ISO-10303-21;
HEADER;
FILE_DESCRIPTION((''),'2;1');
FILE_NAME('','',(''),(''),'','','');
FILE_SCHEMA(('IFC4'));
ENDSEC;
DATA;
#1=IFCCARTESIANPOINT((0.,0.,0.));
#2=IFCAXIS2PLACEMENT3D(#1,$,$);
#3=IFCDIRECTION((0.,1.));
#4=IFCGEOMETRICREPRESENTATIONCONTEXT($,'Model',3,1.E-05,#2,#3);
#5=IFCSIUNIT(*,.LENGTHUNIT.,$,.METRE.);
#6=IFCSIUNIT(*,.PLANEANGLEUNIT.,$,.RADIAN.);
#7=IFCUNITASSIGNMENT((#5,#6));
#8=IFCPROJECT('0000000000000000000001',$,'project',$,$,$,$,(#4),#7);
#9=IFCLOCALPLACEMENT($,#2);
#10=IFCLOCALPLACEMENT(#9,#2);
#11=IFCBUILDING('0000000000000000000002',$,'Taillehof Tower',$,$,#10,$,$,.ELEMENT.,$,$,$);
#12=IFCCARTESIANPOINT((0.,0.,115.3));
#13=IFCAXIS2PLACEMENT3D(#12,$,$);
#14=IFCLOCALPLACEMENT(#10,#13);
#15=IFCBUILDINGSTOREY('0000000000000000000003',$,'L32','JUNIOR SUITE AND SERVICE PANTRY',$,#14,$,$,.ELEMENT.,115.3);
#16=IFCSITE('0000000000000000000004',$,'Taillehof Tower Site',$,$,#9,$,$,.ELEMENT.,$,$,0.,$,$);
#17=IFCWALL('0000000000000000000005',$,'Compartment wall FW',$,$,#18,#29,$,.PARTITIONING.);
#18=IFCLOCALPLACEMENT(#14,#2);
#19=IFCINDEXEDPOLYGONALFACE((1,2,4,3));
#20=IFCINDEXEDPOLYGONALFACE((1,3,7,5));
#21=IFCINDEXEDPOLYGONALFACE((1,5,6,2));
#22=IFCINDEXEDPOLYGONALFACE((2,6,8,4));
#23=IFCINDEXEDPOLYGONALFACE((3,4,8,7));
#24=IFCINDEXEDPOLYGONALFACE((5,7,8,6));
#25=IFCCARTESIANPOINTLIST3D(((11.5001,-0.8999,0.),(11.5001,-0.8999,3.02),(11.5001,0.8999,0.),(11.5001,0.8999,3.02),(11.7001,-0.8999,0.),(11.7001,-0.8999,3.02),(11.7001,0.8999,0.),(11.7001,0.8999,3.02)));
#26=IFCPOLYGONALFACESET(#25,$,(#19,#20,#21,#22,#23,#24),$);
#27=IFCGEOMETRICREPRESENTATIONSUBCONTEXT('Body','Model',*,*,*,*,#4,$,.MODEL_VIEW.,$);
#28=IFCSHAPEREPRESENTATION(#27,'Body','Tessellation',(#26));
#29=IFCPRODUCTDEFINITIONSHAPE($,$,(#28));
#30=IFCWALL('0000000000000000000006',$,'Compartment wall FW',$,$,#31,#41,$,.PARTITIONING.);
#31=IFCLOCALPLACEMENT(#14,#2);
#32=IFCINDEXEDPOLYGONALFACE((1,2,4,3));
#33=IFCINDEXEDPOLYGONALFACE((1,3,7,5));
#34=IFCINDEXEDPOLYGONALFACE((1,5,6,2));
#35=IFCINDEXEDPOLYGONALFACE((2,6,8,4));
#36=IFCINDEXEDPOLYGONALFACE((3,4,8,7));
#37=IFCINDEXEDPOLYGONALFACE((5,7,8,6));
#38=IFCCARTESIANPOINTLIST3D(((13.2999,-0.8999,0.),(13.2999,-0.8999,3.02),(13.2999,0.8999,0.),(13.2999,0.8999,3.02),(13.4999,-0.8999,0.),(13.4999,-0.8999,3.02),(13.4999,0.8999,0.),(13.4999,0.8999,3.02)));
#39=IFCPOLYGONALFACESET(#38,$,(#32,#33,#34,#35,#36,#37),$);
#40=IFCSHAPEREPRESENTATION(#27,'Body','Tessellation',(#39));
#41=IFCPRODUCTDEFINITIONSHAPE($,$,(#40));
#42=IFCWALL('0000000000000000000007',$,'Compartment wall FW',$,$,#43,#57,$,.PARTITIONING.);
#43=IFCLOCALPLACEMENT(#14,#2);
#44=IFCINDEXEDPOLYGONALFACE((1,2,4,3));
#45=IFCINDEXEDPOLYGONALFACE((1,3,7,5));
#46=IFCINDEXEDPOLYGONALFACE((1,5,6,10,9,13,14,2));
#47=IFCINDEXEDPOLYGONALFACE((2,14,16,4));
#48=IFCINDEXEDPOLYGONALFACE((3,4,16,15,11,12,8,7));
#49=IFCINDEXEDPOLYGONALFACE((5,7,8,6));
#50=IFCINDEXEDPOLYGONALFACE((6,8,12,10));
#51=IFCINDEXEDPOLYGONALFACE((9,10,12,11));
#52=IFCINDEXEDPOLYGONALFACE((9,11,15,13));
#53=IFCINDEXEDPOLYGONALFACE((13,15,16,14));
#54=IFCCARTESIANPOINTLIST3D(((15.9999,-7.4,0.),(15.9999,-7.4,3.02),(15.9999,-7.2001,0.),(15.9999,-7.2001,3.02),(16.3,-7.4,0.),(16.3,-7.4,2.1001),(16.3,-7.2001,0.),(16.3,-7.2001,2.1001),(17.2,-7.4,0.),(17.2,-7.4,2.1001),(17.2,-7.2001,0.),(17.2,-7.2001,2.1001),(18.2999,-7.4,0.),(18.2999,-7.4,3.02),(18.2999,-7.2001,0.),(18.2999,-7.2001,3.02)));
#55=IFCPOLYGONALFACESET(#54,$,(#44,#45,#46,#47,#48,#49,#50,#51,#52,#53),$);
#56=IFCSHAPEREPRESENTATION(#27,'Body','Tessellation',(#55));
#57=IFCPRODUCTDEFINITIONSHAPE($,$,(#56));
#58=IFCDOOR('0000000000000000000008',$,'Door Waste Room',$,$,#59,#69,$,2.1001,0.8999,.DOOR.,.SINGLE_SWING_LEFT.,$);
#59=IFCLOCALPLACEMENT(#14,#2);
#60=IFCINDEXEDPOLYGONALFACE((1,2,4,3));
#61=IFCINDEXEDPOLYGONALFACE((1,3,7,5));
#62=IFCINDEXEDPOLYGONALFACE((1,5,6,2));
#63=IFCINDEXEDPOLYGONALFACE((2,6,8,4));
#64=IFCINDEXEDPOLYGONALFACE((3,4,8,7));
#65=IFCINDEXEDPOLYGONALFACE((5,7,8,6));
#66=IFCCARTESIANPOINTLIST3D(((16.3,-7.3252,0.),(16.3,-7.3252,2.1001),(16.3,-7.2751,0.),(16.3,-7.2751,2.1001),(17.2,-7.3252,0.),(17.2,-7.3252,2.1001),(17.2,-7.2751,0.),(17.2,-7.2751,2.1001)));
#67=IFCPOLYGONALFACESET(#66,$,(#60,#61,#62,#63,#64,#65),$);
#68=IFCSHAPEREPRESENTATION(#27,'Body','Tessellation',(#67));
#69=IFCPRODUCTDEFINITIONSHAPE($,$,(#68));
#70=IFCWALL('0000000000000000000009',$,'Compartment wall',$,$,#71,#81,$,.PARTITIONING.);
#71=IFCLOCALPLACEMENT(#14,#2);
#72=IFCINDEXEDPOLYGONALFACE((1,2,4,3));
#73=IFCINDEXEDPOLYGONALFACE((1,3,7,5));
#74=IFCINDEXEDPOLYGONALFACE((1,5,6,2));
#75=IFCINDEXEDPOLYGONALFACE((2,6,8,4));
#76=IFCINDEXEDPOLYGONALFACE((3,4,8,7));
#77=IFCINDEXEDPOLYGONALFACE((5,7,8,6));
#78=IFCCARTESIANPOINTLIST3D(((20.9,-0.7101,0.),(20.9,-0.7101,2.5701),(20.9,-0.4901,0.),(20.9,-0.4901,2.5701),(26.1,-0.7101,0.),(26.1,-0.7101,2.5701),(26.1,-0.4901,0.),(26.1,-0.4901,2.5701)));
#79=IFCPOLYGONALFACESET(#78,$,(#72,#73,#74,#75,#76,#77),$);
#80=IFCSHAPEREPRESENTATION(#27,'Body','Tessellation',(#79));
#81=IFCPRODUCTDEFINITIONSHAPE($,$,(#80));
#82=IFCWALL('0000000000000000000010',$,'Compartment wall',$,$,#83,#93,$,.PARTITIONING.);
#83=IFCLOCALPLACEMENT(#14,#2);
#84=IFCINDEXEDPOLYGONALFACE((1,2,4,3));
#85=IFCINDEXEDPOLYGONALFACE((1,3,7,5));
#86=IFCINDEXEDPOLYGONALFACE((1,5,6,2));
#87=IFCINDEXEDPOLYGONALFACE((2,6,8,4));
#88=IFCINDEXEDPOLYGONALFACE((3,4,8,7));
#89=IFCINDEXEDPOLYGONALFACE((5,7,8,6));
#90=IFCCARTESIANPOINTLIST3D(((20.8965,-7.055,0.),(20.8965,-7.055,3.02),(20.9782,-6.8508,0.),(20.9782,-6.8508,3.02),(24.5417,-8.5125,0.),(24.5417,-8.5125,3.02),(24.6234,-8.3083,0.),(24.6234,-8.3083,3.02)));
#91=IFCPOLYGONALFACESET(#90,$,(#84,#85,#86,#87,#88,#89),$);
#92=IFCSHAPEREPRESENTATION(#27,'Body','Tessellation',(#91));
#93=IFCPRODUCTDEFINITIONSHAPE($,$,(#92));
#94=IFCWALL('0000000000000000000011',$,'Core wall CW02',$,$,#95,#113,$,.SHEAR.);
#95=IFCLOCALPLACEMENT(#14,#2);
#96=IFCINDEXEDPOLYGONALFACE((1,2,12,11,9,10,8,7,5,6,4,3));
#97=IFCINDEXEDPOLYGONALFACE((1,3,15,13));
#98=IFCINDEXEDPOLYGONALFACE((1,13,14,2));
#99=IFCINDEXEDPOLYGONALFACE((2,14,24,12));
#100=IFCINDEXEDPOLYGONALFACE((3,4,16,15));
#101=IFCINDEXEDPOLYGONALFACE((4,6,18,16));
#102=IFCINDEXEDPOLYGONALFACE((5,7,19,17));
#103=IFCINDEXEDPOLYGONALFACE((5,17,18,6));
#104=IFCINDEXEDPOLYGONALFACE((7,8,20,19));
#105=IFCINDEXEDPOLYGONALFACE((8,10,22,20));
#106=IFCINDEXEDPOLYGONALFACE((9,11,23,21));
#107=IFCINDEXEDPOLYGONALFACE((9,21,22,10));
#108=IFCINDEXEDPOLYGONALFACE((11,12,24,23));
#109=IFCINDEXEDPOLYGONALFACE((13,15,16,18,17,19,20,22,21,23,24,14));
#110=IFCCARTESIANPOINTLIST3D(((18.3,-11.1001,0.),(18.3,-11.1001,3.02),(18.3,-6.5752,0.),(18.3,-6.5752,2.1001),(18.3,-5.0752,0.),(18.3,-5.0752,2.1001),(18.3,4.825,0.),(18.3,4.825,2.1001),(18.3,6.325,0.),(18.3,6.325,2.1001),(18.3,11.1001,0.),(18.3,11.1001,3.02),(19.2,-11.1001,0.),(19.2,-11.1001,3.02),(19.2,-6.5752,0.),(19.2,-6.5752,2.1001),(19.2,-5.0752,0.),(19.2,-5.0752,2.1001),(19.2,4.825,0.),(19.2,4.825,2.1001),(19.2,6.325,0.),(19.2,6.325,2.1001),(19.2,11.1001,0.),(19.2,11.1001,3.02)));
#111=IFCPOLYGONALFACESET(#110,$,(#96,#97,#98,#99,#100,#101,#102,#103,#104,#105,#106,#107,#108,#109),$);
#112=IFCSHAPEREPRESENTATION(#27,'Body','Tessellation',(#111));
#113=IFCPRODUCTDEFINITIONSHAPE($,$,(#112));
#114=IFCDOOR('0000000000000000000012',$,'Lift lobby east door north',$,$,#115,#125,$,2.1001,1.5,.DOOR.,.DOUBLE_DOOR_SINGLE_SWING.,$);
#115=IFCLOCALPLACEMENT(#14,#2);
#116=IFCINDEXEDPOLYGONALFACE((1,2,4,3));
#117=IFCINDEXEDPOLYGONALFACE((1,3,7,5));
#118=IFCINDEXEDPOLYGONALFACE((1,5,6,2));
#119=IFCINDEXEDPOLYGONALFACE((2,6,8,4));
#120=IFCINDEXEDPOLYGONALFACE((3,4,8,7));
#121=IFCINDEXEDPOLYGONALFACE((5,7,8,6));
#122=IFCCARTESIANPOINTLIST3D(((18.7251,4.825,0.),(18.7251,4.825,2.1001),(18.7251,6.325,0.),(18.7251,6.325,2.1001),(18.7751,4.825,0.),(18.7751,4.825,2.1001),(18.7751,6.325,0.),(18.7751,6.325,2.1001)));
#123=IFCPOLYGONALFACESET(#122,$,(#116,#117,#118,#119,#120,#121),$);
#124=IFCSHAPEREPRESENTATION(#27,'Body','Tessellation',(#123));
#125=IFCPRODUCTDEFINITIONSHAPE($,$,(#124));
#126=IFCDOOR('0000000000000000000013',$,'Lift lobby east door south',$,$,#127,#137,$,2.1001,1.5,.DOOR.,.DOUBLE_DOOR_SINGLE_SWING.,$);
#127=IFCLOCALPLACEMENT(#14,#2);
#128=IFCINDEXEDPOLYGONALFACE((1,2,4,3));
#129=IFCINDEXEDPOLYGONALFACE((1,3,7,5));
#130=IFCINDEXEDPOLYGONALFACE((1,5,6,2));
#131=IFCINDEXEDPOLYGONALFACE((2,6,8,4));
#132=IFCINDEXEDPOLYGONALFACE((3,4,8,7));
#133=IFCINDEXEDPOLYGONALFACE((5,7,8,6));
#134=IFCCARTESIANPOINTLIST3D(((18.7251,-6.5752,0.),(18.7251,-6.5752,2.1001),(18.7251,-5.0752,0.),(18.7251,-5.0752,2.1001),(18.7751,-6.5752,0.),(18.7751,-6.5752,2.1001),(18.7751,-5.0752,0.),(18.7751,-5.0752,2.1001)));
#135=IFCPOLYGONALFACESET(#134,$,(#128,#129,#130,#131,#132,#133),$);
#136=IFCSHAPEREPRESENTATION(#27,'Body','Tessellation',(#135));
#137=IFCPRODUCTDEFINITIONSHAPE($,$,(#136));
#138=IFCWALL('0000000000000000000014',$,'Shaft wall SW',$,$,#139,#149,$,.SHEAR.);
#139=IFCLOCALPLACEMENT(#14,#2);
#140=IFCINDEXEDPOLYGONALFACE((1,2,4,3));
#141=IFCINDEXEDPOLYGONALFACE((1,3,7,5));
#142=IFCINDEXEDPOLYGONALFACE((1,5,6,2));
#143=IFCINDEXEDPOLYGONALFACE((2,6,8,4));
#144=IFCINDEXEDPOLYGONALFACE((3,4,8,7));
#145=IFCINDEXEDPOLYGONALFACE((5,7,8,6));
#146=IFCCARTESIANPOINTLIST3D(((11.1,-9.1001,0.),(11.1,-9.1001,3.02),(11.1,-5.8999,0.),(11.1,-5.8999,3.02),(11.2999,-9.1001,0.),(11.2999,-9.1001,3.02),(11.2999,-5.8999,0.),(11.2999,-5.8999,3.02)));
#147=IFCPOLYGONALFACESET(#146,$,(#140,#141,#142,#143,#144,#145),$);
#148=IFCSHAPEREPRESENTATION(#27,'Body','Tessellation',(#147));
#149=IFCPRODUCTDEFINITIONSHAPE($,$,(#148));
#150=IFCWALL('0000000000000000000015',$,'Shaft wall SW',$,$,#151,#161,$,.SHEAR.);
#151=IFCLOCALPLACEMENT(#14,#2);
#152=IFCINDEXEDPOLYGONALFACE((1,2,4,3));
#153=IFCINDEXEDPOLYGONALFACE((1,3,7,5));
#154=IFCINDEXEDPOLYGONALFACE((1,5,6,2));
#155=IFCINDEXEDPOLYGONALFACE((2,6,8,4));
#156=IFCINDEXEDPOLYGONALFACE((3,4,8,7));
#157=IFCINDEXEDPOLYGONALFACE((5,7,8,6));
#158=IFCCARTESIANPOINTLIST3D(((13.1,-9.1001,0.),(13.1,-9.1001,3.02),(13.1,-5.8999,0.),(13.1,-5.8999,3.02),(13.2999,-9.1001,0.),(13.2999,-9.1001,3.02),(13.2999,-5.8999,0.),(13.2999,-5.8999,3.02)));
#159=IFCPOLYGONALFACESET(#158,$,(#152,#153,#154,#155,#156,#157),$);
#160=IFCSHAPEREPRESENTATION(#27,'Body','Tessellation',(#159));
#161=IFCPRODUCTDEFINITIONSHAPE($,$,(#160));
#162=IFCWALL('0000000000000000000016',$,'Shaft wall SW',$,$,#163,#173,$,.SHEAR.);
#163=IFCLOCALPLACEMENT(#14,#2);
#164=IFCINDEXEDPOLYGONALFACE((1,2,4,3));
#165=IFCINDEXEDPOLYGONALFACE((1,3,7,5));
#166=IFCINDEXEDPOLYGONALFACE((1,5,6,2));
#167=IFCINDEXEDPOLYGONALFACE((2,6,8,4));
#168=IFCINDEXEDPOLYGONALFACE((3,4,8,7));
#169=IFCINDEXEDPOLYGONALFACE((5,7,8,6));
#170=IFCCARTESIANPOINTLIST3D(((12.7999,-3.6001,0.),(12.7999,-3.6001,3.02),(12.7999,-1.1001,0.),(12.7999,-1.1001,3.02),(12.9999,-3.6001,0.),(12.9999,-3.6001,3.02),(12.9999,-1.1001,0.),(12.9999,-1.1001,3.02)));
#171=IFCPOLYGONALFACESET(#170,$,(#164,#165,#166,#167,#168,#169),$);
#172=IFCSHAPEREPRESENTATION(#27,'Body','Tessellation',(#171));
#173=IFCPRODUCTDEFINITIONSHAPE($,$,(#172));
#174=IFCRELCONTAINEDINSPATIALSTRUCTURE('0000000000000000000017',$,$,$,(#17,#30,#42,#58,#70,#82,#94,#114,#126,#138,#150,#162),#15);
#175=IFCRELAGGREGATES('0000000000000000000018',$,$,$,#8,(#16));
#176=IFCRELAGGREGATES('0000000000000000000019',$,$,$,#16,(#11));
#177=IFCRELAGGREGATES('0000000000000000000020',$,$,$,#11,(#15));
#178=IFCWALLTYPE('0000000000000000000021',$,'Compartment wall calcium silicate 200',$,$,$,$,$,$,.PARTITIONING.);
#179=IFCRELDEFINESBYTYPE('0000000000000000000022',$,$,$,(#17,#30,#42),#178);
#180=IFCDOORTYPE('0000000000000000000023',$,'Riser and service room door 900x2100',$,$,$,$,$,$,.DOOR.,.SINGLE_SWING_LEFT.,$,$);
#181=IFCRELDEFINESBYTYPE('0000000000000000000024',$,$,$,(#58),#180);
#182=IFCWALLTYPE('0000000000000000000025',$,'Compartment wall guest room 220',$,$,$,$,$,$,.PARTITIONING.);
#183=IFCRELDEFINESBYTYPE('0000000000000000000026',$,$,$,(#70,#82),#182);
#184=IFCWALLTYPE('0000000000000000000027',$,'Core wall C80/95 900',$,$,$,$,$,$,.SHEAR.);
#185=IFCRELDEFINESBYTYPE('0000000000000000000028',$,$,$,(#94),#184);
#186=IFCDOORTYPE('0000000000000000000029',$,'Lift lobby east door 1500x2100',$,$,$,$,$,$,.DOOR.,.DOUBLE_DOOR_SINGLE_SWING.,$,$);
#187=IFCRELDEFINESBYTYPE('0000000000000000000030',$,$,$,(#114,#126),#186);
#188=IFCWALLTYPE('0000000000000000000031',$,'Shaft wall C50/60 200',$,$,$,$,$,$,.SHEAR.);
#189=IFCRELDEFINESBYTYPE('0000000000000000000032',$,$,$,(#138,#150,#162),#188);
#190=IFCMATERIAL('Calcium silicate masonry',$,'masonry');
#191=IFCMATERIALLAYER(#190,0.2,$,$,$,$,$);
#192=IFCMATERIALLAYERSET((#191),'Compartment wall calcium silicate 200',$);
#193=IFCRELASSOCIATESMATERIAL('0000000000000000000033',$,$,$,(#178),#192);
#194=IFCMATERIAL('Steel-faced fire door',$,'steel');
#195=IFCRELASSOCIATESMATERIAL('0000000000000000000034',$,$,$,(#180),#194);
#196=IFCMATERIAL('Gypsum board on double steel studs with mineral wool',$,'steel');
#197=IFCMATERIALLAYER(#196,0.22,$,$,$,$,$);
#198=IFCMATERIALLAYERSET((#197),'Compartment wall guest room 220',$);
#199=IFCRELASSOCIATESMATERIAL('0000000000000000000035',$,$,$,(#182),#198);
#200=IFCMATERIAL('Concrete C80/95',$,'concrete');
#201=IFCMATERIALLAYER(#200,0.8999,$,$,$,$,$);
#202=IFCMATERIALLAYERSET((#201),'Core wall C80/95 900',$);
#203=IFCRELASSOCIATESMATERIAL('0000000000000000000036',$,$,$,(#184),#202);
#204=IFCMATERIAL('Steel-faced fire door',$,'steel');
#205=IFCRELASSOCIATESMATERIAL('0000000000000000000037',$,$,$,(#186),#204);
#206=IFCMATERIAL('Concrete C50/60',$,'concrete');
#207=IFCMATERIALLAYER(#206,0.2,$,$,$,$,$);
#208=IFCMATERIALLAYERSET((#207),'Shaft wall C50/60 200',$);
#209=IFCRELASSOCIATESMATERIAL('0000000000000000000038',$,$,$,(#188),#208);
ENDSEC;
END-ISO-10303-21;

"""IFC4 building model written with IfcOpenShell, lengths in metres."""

from ifc_helpers import new_model, si_unit, direction, frame, frame_2d, origin, place, context, subcontext, project, spatial, rectangle, extrude, material, layer, layer_set, type_object, element, fill, save


model = new_model("IFC4")

# Units and contexts
model_context = context("Model", 3, precision=1e-05, world=origin(), true_north=direction((0.0, 1.0)))
body_context = subcontext(model_context, "Body", "Model", "MODEL_VIEW")
ifc_project = project(units=[si_unit("LENGTHUNIT", "METRE"), si_unit("PLANEANGLEUNIT", "RADIAN")], contexts=[model_context])

# Site, building, storey
site_placement = place(None, origin())
site = spatial("IfcSite", under=ifc_project, at=site_placement, Name="Taillehof Tower Site", CompositionType="ELEMENT", RefElevation=0.0)
building_placement = place(site_placement, origin())
building = spatial("IfcBuilding", under=site, at=building_placement, Name="Taillehof Tower", CompositionType="ELEMENT")
storey_placement = place(building_placement, frame((0.0, 0.0, 115.3)))
storey = spatial("IfcBuildingStorey", under=building, at=storey_placement, Name="L32", Description="JUNIOR SUITE AND SERVICE PANTRY", CompositionType="ELEMENT", Elevation=115.3)

# Walls
ifc_material_1 = material(Name="Calcium silicate masonry", Category="masonry")
ifc_layer_1 = layer(ifc_material_1, 0.2)
ifc_layer_set_1 = layer_set([ifc_layer_1], Name="Compartment wall calcium silicate 200")
wall_type_1 = type_object("IfcWallType", Name="Compartment wall calcium silicate 200", PredefinedType="PARTITIONING", material=ifc_layer_set_1)
for number, where, z_axis, x_axis, name in (
    (1, (11.6001, -0.8999, 0.0), (0.0, 0.0, 1.0), (0.0, 1.0, 0.0), "Compartment wall FW"),
    (2, (13.3999, -0.8999, 0.0), (0.0, 0.0, 1.0), (0.0, 1.0, 0.0), "Compartment wall FW"),
):
    element("IfcWall", number, at=place(storey_placement, frame(where, z_axis=z_axis, x_axis=x_axis)), inside=storey, type_object=wall_type_1, Name=name, PredefinedType="PARTITIONING", context=body_context, shape_type="SweptSolid", body=[
        extrude(rectangle(XDim=1.7998, YDim=0.2, at=frame_2d((0.8999, 0.0))), origin(), (0.0, 0.0, 1.0), 3.02),
    ])

# Wall, opening, door
wall_1_placement = place(storey_placement, frame((16.0, -7.3, 0.0), z_axis=(0.0, 0.0, 1.0), x_axis=(1.0, 0.0, 0.0)))
wall_1 = element("IfcWall", 3, at=wall_1_placement, inside=storey, type_object=wall_type_1, Name="Compartment wall FW", PredefinedType="PARTITIONING", context=body_context, shape_type="SweptSolid", body=[
    extrude(rectangle(XDim=2.3, YDim=0.2, at=frame_2d((1.1499, 0.0))), origin(), (0.0, 0.0, 1.0), 3.02),
])
opening_1_placement = place(wall_1_placement, frame((0.3, 0.0, 0.0)))
opening_1 = element("IfcOpeningElement", 4, at=opening_1_placement, cuts=wall_1, PredefinedType="OPENING", context=body_context, shape_type="SweptSolid", body=[
    extrude(rectangle(XDim=0.8999, YDim=2.1001, at=frame_2d((0.45, 1.05))), frame((0.0, 0.1099, 0.0), z_axis=(0.0, -1.0, 0.0), x_axis=(1.0, 0.0, 0.0)), (0.0, 0.0, 1.0), 0.22),
])
ifc_material_2 = material(Name="Steel-faced fire door", Category="steel")
door_type_1 = type_object("IfcDoorType", Name="Riser and service room door 900x2100", OperationType="SINGLE_SWING_LEFT", PredefinedType="DOOR", material=ifc_material_2)
door_1_placement = place(opening_1_placement, origin())
door_1 = element("IfcDoor", 5, at=door_1_placement, inside=storey, type_object=door_type_1, Name="Door Waste Room", OperationType="SINGLE_SWING_LEFT", OverallHeight=2.1001, OverallWidth=0.8999, PredefinedType="DOOR", context=body_context, shape_type="SweptSolid", body=[
    extrude(rectangle(XDim=0.8999, YDim=2.1001, at=frame_2d((0.45, 1.05))), frame((0.0, 0.0249, 0.0), z_axis=(0.0, -1.0, 0.0), x_axis=(1.0, 0.0, 0.0)), (0.0, 0.0, 1.0), 0.05),
])
fill(opening_1, door_1)

# Walls
ifc_material_3 = material(Name="Gypsum board on double steel studs with mineral wool", Category="steel")
ifc_layer_2 = layer(ifc_material_3, 0.22)
ifc_layer_set_2 = layer_set([ifc_layer_2], Name="Compartment wall guest room 220")
wall_type_2 = type_object("IfcWallType", Name="Compartment wall guest room 220", PredefinedType="PARTITIONING", material=ifc_layer_set_2)
wall_2_placement = place(storey_placement, frame((26.1001, -0.6001, 0.0), z_axis=(0.0, 0.0, 1.0), x_axis=(-1.0, 0.0, 0.0)))
element("IfcWall", 6, at=wall_2_placement, inside=storey, type_object=wall_type_2, Name="Compartment wall", PredefinedType="PARTITIONING", context=body_context, shape_type="SweptSolid", body=[
    extrude(rectangle(XDim=5.2, YDim=0.22, at=frame_2d((2.6001, 0.0))), origin(), (0.0, 0.0, 1.0), 2.5701),
])
wall_3_placement = place(storey_placement, frame((24.5825, -8.4104, 0.0), z_axis=(0.0, 0.0, 1.0), x_axis=(-0.928528, 0.371262, 0.0)))
element("IfcWall", 7, at=wall_3_placement, inside=storey, type_object=wall_type_2, Name="Compartment wall", PredefinedType="PARTITIONING", context=body_context, shape_type="SweptSolid", body=[
    extrude(rectangle(XDim=3.9258, YDim=0.22, at=frame_2d((1.9629, 0.0))), origin(), (0.0, 0.0, 1.0), 3.02),
])

# Wall, openings, doors
ifc_material_4 = material(Name="Concrete C80/95", Category="concrete")
ifc_layer_3 = layer(ifc_material_4, 0.8999)
ifc_layer_set_3 = layer_set([ifc_layer_3], Name="Core wall C80/95 900")
wall_type_3 = type_object("IfcWallType", Name="Core wall C80/95 900", PredefinedType="SHEAR", material=ifc_layer_set_3)
wall_4_placement = place(storey_placement, frame((18.75, -11.1001, 0.0), z_axis=(0.0, 0.0, 1.0), x_axis=(0.0, 1.0, 0.0)))
wall_4 = element("IfcWall", 8, at=wall_4_placement, inside=storey, type_object=wall_type_3, Name="Core wall CW02", PredefinedType="SHEAR", context=body_context, shape_type="SweptSolid", body=[
    extrude(rectangle(XDim=22.2002, YDim=0.8999, at=frame_2d((11.1001, 0.0))), origin(), (0.0, 0.0, 1.0), 3.02),
])
opening_2_placement = place(wall_4_placement, frame((15.925, 0.0, 0.0)))
opening_2 = element("IfcOpeningElement", 9, at=opening_2_placement, cuts=wall_4, PredefinedType="OPENING", context=body_context, shape_type="SweptSolid", body=[
    extrude(rectangle(XDim=1.5, YDim=2.1001, at=frame_2d((0.75, 1.05))), frame((0.0, 0.46, 0.0), z_axis=(0.0, -1.0, 0.0), x_axis=(1.0, 0.0, 0.0)), (0.0, 0.0, 1.0), 0.9199),
])
opening_3_placement = place(wall_4_placement, frame((4.5249, 0.0, 0.0)))
opening_3 = element("IfcOpeningElement", 10, at=opening_3_placement, cuts=wall_4, PredefinedType="OPENING", context=body_context, shape_type="SweptSolid", body=[
    extrude(rectangle(XDim=1.5, YDim=2.1001, at=frame_2d((0.75, 1.05))), frame((0.0, 0.46, 0.0), z_axis=(0.0, -1.0, 0.0), x_axis=(1.0, 0.0, 0.0)), (0.0, 0.0, 1.0), 0.9199),
])
ifc_material_5 = material(Name="Steel-faced fire door", Category="steel")
door_type_2 = type_object("IfcDoorType", Name="Lift lobby east door 1500x2100", OperationType="DOUBLE_DOOR_SINGLE_SWING", PredefinedType="DOOR", material=ifc_material_5)
door_2_placement = place(opening_2_placement, origin())
door_2 = element("IfcDoor", 11, at=door_2_placement, inside=storey, type_object=door_type_2, Name="Lift lobby east door north", OperationType="DOUBLE_DOOR_SINGLE_SWING", OverallHeight=2.1001, OverallWidth=1.5, PredefinedType="DOOR", context=body_context, shape_type="SweptSolid", body=[
    extrude(rectangle(XDim=1.5, YDim=2.1001, at=frame_2d((0.75, 1.05))), frame((0.0, 0.0249, 0.0), z_axis=(0.0, -1.0, 0.0), x_axis=(1.0, 0.0, 0.0)), (0.0, 0.0, 1.0), 0.05),
])
fill(opening_2, door_2)
door_3_placement = place(opening_3_placement, origin())
door_3 = element("IfcDoor", 12, at=door_3_placement, inside=storey, type_object=door_type_2, Name="Lift lobby east door south", OperationType="DOUBLE_DOOR_SINGLE_SWING", OverallHeight=2.1001, OverallWidth=1.5, PredefinedType="DOOR", context=body_context, shape_type="SweptSolid", body=[
    extrude(rectangle(XDim=1.5, YDim=2.1001, at=frame_2d((0.75, 1.05))), frame((0.0, 0.0249, 0.0), z_axis=(0.0, -1.0, 0.0), x_axis=(1.0, 0.0, 0.0)), (0.0, 0.0, 1.0), 0.05),
])
fill(opening_3, door_3)

# Walls
ifc_material_6 = material(Name="Concrete C50/60", Category="concrete")
ifc_layer_4 = layer(ifc_material_6, 0.2)
ifc_layer_set_4 = layer_set([ifc_layer_4], Name="Shaft wall C50/60 200")
wall_type_4 = type_object("IfcWallType", Name="Shaft wall C50/60 200", PredefinedType="SHEAR", material=ifc_layer_set_4)
for number, where, z_axis, x_axis, name in (
    (13, (11.2, -9.1001, 0.0), (0.0, 0.0, 1.0), (0.0, 1.0, 0.0), "Shaft wall SW"),
    (14, (13.2, -9.1001, 0.0), (0.0, 0.0, 1.0), (0.0, 1.0, 0.0), "Shaft wall SW"),
):
    element("IfcWall", number, at=place(storey_placement, frame(where, z_axis=z_axis, x_axis=x_axis)), inside=storey, type_object=wall_type_4, Name=name, PredefinedType="SHEAR", context=body_context, shape_type="SweptSolid", body=[
        extrude(rectangle(XDim=3.2002, YDim=0.2, at=frame_2d((1.6001, 0.0))), origin(), (0.0, 0.0, 1.0), 3.02),
    ])
wall_5_placement = place(storey_placement, frame((12.8999, -3.6001, 0.0), z_axis=(0.0, 0.0, 1.0), x_axis=(0.0, 1.0, 0.0)))
element("IfcWall", 15, at=wall_5_placement, inside=storey, type_object=wall_type_4, Name="Shaft wall SW", PredefinedType="SHEAR", context=body_context, shape_type="SweptSolid", body=[
    extrude(rectangle(XDim=2.5, YDim=0.2, at=frame_2d((1.25, 0.0))), origin(), (0.0, 0.0, 1.0), 3.02),
])

save(model, "model.ifc")
